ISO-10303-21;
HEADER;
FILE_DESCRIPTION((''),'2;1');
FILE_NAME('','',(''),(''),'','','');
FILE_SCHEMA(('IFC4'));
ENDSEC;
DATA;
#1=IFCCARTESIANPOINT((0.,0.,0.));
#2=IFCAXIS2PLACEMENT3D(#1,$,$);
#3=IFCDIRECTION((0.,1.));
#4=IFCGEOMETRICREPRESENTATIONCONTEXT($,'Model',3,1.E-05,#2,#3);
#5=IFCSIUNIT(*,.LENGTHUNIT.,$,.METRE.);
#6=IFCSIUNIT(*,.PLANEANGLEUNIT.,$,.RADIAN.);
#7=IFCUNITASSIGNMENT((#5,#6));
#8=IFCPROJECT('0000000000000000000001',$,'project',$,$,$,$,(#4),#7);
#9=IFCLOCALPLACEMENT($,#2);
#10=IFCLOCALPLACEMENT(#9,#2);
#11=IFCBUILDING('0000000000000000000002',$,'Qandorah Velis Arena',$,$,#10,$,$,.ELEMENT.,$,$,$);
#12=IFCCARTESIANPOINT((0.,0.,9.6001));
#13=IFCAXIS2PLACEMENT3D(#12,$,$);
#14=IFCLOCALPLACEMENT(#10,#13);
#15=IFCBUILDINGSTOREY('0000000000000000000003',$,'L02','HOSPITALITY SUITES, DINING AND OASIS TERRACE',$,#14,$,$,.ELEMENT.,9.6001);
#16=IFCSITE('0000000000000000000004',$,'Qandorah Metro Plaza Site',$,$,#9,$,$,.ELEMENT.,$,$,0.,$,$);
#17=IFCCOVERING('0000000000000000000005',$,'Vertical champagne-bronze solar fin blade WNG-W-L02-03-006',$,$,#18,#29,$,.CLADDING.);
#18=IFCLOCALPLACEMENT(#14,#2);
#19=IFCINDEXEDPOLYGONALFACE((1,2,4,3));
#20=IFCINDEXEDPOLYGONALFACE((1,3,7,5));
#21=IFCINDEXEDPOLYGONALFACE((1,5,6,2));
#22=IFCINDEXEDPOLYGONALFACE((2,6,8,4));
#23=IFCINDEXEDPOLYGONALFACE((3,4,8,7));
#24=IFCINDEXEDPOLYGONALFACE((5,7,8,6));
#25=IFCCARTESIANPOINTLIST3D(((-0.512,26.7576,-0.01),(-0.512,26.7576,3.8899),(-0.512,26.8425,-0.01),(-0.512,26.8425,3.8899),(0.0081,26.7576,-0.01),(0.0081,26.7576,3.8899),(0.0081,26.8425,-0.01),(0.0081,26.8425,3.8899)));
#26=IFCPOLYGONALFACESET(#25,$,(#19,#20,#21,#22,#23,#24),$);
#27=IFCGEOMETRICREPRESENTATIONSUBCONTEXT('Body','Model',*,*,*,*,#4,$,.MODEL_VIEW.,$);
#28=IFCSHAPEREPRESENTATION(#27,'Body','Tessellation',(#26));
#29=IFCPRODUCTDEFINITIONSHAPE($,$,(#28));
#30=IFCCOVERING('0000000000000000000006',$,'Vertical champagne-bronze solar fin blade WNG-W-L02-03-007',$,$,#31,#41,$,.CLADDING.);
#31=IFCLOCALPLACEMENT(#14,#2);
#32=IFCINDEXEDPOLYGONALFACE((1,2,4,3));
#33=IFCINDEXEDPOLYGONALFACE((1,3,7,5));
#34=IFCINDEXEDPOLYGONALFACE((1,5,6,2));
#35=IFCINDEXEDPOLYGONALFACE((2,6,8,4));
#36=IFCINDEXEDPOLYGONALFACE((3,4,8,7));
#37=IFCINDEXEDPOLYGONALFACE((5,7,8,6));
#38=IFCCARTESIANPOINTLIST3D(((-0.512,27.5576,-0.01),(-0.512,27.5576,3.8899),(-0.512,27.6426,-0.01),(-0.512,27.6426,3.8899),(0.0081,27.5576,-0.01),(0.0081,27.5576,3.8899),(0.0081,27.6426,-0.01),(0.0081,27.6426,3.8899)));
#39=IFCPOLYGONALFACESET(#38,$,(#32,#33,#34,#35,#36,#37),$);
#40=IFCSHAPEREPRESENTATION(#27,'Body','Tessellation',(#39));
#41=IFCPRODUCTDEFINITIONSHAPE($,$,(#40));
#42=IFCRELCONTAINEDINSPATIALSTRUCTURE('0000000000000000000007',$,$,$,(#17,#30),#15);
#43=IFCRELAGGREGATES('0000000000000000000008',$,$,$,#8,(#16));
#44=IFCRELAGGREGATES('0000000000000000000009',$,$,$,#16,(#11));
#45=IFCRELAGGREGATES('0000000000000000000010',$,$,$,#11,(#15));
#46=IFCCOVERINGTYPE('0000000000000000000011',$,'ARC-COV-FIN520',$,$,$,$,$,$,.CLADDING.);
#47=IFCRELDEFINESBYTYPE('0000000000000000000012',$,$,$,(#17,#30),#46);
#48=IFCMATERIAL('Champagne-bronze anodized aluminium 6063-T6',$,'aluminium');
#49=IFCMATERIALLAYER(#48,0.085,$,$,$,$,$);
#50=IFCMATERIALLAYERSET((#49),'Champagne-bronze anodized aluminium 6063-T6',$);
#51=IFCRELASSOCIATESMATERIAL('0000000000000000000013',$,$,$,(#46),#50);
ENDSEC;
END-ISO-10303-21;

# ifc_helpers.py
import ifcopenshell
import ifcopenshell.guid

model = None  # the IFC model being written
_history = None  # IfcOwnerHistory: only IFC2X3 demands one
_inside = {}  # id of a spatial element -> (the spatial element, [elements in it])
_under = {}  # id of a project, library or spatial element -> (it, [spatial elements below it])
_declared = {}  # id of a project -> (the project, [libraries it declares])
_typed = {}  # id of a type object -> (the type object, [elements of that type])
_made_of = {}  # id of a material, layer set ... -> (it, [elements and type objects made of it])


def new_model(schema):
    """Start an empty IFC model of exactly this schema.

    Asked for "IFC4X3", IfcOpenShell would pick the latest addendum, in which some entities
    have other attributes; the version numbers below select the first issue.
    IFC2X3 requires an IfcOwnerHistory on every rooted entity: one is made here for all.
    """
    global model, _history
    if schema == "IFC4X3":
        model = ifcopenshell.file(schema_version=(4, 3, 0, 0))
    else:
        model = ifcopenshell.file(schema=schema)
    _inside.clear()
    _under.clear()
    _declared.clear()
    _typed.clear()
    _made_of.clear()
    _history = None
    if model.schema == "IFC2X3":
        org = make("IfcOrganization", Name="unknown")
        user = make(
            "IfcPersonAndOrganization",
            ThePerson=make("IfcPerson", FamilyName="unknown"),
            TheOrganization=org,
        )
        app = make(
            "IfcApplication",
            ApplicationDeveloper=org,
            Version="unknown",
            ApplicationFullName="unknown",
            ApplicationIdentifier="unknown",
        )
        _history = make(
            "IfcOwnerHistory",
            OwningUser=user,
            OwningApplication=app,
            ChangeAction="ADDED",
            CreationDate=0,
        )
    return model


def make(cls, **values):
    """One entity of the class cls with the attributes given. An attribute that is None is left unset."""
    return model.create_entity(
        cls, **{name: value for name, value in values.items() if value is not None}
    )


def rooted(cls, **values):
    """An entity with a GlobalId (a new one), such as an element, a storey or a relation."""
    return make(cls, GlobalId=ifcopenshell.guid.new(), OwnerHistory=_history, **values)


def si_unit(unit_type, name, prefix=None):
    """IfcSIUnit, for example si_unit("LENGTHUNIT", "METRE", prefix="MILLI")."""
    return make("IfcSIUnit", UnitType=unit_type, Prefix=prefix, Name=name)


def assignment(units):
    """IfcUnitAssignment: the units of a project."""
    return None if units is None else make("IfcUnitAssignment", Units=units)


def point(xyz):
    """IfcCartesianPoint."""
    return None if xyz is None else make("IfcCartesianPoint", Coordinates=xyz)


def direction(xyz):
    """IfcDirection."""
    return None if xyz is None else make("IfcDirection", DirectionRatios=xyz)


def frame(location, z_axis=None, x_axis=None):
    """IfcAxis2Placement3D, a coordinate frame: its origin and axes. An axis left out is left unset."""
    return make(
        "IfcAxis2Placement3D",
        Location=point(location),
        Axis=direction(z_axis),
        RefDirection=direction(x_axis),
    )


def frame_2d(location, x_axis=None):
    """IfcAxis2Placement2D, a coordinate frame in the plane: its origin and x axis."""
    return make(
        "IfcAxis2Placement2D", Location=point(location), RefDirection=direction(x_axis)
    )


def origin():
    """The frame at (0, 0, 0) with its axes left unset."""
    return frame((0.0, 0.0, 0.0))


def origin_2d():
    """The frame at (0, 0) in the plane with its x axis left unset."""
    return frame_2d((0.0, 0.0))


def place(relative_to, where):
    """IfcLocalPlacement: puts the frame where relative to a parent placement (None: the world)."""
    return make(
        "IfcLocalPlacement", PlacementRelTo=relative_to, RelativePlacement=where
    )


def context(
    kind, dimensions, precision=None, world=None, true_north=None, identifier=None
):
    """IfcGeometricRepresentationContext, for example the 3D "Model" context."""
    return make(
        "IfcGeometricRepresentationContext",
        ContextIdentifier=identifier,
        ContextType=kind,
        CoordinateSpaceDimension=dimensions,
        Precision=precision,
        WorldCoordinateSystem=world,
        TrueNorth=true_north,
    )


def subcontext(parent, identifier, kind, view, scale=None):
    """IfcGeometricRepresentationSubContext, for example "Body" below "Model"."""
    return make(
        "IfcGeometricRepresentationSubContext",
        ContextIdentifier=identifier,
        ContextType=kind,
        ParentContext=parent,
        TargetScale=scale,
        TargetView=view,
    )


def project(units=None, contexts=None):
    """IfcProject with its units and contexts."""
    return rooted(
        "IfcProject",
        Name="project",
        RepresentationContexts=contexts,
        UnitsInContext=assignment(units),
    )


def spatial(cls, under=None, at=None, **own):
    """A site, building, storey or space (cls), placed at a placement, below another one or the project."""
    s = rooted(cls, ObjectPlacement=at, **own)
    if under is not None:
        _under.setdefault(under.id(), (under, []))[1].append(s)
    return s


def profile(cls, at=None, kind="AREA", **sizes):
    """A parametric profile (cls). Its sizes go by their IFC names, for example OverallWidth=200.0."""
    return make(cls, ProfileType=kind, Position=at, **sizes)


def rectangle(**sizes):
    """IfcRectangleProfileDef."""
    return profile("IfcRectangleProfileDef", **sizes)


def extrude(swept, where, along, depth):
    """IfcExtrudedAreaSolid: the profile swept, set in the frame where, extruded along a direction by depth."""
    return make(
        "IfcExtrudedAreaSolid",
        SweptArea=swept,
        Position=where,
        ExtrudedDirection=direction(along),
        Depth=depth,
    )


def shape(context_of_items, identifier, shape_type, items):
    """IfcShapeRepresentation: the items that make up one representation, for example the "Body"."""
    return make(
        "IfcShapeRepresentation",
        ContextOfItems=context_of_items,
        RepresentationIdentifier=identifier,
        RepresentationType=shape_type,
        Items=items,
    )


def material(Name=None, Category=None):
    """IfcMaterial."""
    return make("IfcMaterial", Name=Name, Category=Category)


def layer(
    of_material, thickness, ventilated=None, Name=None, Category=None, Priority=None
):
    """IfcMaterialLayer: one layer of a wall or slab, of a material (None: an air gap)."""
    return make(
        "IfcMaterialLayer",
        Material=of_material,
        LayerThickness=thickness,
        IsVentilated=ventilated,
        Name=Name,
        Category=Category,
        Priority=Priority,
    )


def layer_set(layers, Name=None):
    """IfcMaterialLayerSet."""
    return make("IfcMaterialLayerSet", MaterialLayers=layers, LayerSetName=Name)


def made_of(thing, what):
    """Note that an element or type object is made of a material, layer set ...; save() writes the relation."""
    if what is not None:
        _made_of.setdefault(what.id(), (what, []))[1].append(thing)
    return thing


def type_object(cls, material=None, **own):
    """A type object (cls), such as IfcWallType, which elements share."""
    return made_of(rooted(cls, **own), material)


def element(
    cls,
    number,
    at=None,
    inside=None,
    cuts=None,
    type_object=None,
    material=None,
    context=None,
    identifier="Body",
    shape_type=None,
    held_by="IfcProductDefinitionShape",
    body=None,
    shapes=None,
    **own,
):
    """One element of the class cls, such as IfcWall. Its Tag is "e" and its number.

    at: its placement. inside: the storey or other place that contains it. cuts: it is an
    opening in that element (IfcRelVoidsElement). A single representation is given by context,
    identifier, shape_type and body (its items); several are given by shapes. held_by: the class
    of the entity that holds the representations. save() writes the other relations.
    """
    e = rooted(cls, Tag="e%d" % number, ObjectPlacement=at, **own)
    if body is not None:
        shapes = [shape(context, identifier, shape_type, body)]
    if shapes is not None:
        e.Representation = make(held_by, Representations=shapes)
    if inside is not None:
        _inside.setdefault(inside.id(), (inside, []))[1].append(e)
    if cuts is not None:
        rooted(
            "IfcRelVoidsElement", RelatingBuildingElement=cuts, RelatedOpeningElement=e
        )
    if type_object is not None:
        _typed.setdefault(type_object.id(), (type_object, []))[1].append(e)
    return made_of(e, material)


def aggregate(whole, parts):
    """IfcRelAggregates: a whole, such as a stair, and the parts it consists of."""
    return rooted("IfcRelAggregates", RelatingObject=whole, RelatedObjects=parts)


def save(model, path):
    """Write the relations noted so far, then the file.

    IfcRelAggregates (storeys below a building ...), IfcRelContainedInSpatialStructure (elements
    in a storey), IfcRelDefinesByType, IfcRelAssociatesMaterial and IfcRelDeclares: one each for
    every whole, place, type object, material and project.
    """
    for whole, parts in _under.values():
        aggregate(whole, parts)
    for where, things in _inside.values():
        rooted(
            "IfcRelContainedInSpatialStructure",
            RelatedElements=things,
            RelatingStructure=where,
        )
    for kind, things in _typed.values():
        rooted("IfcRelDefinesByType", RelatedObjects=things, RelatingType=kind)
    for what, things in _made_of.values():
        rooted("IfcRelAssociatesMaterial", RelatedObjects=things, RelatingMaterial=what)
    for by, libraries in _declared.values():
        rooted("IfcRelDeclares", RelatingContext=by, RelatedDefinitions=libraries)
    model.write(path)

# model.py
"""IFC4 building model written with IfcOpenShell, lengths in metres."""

from ifc_helpers import new_model, si_unit, direction, frame, origin, origin_2d, place, context, subcontext, project, spatial, rectangle, extrude, material, layer, layer_set, type_object, element, save


model = new_model("IFC4")

# Units and contexts
model_context = context("Model", 3, precision=1e-05, world=origin(), true_north=direction((0.0, 1.0)))
body_context = subcontext(model_context, "Body", "Model", "MODEL_VIEW")
ifc_project = project(units=[si_unit("LENGTHUNIT", "METRE"), si_unit("PLANEANGLEUNIT", "RADIAN")], contexts=[model_context])

# Site, building, storey
site_placement = place(None, origin())
site = spatial("IfcSite", under=ifc_project, at=site_placement, Name="Qandorah Metro Plaza Site", CompositionType="ELEMENT", RefElevation=0.0)
building_placement = place(site_placement, origin())
building = spatial("IfcBuilding", under=site, at=building_placement, Name="Qandorah Velis Arena", CompositionType="ELEMENT")
storey_placement = place(building_placement, frame((0.0, 0.0, 9.6001)))
storey = spatial("IfcBuildingStorey", under=building, at=storey_placement, Name="L02", Description="HOSPITALITY SUITES, DINING AND OASIS TERRACE", CompositionType="ELEMENT", Elevation=9.6001)

# Shared definitions
ifc_material_1 = material(Name="Champagne-bronze anodized aluminium 6063-T6", Category="aluminium")

# Coverings
ifc_layer_1 = layer(ifc_material_1, 0.085)
ifc_layer_set_1 = layer_set([ifc_layer_1], Name="Champagne-bronze anodized aluminium 6063-T6")
covering_type = type_object("IfcCoveringType", Name="ARC-COV-FIN520", PredefinedType="CLADDING", material=ifc_layer_set_1)
for number, where, z_axis, x_axis, name in (
    (1, (-0.252, 26.8, -0.01), (0.0, 0.0, 1.0), (1.0, 0.0, 0.0), "Vertical champagne-bronze solar fin blade WNG-W-L02-03-006"),
    (2, (-0.252, 27.6001, -0.01), (0.0, 0.0, 1.0), (1.0, 0.0, 0.0), "Vertical champagne-bronze solar fin blade WNG-W-L02-03-007"),
):
    element("IfcCovering", number, at=place(storey_placement, frame(where, z_axis=z_axis, x_axis=x_axis)), inside=storey, type_object=covering_type, Name=name, PredefinedType="CLADDING", context=body_context, shape_type="SweptSolid", body=[
        extrude(rectangle(XDim=0.52, YDim=0.085, at=origin_2d()), origin(), (0.0, 0.0, 1.0), 3.8999),
    ])

save(model, "model.ifc")
